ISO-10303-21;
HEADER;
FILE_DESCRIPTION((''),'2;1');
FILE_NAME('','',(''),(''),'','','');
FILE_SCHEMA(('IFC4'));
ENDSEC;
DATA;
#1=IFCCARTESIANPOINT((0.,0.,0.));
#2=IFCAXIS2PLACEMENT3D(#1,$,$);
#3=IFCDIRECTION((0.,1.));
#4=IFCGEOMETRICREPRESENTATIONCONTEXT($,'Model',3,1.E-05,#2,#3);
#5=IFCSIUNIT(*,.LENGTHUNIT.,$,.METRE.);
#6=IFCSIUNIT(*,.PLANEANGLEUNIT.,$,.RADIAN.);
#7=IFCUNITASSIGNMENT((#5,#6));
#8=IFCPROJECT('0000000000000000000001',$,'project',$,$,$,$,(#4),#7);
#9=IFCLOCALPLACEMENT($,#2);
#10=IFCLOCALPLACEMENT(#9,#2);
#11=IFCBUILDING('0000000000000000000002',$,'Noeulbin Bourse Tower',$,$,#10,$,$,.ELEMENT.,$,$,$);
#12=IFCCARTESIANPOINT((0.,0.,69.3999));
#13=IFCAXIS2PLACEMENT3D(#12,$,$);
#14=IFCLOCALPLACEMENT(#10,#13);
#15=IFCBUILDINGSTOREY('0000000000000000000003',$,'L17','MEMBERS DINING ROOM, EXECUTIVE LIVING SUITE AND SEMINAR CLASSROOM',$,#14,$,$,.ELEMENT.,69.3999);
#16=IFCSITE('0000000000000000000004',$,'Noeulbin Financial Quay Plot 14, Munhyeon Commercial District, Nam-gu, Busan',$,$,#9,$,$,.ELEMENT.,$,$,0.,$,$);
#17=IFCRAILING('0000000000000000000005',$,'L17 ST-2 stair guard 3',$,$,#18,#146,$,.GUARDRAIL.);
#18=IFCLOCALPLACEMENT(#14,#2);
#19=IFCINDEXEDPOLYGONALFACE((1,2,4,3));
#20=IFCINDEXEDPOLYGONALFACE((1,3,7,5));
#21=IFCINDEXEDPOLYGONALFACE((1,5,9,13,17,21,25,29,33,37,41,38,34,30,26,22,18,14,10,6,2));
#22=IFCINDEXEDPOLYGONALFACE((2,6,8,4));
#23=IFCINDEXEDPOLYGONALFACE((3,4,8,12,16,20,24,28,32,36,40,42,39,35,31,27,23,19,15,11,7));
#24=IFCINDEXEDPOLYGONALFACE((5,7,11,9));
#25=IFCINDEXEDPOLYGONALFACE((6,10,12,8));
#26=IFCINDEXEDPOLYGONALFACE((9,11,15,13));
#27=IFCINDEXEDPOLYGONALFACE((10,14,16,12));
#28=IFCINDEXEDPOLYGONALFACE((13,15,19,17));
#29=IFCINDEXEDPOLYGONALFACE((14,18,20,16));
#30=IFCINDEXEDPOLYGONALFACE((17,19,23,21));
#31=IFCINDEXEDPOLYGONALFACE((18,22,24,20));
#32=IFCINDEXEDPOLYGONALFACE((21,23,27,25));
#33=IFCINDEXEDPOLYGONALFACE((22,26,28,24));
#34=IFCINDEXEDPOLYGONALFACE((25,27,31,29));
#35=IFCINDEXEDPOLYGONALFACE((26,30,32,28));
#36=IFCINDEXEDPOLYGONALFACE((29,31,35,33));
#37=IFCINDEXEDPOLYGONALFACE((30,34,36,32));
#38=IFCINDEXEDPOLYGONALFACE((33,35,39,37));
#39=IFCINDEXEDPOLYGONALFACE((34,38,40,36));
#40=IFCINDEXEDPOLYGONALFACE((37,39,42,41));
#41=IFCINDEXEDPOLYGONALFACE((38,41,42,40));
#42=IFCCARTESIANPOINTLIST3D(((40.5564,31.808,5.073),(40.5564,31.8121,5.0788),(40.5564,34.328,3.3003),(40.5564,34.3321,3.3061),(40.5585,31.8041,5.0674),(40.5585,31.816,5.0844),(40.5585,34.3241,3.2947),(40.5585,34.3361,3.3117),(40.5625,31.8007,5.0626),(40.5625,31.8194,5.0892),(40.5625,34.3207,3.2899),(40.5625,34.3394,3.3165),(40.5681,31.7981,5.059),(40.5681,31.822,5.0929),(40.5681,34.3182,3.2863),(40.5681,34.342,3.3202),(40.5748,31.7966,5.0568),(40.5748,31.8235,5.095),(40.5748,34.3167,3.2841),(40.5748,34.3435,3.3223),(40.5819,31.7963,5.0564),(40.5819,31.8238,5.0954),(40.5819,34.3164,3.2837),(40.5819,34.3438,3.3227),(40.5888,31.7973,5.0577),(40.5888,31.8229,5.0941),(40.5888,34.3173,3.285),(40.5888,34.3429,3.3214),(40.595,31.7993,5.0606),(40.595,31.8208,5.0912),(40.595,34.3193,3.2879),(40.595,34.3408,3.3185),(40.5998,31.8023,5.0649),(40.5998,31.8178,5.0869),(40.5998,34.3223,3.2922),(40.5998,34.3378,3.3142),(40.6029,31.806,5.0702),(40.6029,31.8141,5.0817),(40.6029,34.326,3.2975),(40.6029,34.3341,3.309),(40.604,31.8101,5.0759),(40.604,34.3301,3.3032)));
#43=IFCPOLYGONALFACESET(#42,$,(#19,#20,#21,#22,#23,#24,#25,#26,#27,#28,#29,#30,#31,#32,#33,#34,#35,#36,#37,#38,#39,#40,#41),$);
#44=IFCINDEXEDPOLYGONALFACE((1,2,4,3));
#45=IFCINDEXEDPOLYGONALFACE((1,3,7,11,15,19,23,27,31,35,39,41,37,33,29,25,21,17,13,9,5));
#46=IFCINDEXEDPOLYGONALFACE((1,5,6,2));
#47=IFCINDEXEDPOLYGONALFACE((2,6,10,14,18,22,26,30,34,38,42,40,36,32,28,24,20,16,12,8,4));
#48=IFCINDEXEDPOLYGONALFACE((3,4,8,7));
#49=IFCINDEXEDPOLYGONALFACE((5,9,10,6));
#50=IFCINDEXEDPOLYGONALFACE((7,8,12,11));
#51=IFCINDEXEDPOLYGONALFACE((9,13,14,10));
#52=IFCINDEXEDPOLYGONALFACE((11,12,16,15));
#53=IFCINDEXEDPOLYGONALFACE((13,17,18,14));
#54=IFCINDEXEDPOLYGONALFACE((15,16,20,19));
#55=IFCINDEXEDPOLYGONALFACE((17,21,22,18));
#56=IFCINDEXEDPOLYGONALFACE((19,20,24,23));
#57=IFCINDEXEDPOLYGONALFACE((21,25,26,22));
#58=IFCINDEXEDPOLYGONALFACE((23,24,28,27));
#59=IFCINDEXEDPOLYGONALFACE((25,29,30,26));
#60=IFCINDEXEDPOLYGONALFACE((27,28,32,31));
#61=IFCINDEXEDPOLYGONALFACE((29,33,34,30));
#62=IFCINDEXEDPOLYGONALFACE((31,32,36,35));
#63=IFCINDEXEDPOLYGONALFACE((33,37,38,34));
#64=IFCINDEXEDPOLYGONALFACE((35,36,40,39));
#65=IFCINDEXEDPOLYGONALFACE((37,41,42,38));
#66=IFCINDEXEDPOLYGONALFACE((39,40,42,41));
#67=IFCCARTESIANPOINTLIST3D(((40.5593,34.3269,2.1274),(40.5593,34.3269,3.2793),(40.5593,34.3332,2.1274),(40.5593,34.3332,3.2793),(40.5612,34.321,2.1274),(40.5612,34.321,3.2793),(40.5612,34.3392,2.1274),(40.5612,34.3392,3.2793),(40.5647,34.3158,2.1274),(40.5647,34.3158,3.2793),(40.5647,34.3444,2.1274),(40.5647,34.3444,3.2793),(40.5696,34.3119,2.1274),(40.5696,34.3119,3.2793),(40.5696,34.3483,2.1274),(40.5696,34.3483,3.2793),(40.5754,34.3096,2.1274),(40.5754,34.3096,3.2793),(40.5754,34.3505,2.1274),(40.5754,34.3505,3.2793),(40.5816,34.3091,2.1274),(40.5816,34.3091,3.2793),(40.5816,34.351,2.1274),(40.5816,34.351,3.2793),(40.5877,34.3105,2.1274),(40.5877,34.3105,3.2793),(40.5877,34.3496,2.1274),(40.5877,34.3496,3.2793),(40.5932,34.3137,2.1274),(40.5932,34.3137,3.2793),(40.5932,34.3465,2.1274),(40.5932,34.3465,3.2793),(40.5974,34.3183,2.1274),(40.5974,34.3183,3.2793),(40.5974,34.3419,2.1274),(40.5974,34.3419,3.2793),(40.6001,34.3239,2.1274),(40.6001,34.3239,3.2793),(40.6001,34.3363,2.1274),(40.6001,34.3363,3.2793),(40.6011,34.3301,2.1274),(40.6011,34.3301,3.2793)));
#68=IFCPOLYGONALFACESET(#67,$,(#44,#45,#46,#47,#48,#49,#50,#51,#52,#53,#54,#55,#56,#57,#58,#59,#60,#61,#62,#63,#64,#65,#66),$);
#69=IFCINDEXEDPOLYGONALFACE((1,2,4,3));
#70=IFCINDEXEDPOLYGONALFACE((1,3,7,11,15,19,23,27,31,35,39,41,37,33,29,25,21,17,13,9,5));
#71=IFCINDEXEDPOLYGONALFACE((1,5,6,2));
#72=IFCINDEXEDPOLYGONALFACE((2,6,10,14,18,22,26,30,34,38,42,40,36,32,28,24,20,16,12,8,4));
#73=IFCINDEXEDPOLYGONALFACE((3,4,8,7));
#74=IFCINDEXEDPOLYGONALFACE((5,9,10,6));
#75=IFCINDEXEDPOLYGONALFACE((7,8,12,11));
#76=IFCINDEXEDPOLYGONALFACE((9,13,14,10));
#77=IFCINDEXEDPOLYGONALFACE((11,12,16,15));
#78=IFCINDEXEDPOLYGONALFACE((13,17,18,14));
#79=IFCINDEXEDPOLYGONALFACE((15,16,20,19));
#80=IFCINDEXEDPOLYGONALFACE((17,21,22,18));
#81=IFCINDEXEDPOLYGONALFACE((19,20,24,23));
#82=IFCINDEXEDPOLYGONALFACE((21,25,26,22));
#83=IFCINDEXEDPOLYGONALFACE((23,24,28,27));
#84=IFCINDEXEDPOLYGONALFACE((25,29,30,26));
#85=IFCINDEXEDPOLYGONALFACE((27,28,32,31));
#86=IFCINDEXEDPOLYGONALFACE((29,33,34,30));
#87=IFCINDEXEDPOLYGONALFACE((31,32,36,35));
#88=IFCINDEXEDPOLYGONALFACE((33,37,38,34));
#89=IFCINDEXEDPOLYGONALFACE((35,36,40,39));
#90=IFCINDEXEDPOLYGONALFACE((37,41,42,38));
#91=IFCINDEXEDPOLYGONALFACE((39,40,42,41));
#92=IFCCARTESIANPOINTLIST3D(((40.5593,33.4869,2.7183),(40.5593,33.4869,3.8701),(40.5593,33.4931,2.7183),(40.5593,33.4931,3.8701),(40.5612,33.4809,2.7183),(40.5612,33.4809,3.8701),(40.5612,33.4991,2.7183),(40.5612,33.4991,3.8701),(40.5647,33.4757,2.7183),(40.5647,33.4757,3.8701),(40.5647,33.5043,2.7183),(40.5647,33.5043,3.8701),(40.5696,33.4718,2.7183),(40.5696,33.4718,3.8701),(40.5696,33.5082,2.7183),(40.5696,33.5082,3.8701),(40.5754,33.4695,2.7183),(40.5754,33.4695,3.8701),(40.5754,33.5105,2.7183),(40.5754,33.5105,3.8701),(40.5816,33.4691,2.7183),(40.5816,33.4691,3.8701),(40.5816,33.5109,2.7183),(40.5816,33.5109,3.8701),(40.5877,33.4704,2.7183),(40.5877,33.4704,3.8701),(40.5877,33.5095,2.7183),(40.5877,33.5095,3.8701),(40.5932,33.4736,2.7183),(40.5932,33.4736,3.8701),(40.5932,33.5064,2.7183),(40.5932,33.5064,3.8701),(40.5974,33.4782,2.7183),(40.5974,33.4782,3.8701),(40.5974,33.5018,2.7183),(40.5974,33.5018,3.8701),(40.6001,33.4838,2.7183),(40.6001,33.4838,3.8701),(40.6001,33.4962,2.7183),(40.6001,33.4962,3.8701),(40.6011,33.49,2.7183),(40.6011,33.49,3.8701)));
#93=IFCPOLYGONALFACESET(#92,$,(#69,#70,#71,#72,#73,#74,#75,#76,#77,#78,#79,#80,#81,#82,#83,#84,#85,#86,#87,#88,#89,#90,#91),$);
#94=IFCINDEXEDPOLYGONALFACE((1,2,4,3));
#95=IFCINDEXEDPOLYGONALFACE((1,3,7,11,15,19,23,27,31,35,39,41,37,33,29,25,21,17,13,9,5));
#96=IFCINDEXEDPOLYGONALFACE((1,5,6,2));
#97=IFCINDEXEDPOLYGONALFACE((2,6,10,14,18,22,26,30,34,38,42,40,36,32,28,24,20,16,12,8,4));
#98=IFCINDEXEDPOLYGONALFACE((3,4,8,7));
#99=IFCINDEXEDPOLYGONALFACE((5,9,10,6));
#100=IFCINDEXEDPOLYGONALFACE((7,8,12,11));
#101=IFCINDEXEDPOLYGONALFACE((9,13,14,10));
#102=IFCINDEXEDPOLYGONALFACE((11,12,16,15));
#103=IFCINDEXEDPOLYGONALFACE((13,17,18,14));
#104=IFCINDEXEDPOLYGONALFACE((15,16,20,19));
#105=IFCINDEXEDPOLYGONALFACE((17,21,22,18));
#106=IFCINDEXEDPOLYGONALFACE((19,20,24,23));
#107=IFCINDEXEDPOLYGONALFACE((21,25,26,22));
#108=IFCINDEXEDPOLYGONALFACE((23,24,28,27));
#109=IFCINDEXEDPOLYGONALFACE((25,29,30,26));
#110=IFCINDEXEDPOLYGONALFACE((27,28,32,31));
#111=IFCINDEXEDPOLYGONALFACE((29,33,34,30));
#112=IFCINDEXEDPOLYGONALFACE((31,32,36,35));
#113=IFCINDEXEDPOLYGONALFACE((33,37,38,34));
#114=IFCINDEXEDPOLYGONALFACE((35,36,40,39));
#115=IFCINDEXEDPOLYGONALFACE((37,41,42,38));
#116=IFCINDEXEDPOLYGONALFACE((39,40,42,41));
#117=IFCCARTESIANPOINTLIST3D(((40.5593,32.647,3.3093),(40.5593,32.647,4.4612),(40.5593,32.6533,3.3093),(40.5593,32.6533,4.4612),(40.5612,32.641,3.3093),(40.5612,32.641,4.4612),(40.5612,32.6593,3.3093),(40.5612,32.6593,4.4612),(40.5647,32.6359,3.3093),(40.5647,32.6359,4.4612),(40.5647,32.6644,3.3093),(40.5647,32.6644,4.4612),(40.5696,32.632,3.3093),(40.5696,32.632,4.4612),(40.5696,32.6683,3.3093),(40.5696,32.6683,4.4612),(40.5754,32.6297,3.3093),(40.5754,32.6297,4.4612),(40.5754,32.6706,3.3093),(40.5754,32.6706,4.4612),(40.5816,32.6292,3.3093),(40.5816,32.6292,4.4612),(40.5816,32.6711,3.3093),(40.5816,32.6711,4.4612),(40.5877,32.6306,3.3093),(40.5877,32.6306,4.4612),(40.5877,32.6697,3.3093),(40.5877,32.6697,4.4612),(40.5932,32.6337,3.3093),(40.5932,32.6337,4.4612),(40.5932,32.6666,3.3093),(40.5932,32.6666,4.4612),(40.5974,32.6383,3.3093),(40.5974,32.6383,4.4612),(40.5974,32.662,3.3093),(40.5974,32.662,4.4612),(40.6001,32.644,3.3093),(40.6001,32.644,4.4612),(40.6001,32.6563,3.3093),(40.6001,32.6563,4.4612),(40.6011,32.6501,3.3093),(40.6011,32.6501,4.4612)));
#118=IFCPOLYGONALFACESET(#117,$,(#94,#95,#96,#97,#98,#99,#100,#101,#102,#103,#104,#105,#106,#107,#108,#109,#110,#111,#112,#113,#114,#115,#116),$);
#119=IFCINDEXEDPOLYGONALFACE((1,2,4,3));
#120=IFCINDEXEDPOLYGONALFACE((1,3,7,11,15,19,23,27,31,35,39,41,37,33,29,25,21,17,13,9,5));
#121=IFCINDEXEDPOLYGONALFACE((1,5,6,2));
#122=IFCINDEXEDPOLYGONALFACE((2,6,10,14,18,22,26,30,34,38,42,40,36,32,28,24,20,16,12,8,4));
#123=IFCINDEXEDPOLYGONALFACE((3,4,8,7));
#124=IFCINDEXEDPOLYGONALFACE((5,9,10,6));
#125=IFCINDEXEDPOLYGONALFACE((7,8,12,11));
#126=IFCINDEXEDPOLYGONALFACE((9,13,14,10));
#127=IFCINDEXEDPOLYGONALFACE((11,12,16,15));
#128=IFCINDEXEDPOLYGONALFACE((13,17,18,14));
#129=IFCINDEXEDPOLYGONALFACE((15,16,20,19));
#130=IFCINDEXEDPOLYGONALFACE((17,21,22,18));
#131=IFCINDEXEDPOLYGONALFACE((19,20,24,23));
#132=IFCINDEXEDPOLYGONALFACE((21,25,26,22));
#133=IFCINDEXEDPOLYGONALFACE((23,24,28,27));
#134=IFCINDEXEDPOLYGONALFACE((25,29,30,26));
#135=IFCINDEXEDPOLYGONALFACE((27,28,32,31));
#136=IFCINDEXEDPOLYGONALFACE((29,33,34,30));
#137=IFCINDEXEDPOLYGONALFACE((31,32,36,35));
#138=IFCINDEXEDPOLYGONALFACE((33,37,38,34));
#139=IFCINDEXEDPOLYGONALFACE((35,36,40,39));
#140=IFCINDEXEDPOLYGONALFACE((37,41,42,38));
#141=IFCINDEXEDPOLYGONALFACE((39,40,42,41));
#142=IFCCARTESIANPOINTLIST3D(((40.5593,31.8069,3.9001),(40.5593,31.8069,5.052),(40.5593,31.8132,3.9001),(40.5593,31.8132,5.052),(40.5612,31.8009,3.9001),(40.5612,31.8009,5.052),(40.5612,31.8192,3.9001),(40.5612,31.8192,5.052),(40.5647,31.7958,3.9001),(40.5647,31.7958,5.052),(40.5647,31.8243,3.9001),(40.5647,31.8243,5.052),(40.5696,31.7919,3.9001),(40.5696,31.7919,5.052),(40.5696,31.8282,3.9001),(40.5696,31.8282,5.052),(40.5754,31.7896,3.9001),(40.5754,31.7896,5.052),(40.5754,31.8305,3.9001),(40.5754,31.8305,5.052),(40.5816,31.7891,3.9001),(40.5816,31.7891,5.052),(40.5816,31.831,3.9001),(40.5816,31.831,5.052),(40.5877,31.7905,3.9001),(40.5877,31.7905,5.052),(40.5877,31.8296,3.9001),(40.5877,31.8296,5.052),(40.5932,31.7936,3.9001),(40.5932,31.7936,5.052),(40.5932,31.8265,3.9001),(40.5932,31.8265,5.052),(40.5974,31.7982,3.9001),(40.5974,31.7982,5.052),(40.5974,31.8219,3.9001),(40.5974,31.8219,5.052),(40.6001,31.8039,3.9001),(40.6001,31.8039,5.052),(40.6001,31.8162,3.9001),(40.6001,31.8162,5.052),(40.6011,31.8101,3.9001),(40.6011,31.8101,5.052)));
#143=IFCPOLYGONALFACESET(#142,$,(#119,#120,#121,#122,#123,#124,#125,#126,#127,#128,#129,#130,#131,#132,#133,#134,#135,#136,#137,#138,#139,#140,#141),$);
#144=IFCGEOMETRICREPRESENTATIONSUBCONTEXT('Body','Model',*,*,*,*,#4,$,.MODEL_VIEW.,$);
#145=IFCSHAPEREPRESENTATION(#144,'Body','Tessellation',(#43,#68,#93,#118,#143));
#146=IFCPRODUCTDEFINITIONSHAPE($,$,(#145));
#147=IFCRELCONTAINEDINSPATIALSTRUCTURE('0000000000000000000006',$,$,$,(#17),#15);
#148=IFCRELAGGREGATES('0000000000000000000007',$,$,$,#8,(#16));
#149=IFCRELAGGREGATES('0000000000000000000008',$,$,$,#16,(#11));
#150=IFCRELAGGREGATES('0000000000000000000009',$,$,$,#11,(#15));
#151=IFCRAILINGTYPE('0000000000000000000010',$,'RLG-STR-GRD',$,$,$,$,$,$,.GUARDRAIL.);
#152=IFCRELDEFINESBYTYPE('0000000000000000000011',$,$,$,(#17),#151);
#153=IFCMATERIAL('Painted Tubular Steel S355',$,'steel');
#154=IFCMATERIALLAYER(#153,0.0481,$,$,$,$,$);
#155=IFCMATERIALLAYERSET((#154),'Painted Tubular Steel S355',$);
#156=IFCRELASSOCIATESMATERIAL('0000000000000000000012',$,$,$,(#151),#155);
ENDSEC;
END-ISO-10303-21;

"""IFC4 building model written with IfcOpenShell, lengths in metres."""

from ifc_helpers import new_model, si_unit, direction, frame, origin, origin_2d, place, context, subcontext, project, spatial, circle, extrude, material, layer, layer_set, type_object, element, save


model = new_model("IFC4")

# Units and contexts
model_context = context("Model", 3, precision=1e-05, world=origin(), true_north=direction((0.0, 1.0)))
body_context = subcontext(model_context, "Body", "Model", "MODEL_VIEW")
ifc_project = project(units=[si_unit("LENGTHUNIT", "METRE"), si_unit("PLANEANGLEUNIT", "RADIAN")], contexts=[model_context])

# Site, building, storey
site_placement = place(None, origin())
site = spatial("IfcSite", under=ifc_project, at=site_placement, Name="Noeulbin Financial Quay Plot 14, Munhyeon Commercial District, Nam-gu, Busan", CompositionType="ELEMENT", RefElevation=0.0)
building_placement = place(site_placement, origin())
building = spatial("IfcBuilding", under=site, at=building_placement, Name="Noeulbin Bourse Tower", CompositionType="ELEMENT")
storey_placement = place(building_placement, frame((0.0, 0.0, 69.3999)))
storey = spatial("IfcBuildingStorey", under=building, at=storey_placement, Name="L17", Description="MEMBERS DINING ROOM, EXECUTIVE LIVING SUITE AND SEMINAR CLASSROOM", CompositionType="ELEMENT", Elevation=69.3999)

# Railing
ifc_material_1 = material(Name="Painted Tubular Steel S355", Category="steel")
ifc_layer_1 = layer(ifc_material_1, 0.0481)
ifc_layer_set_1 = layer_set([ifc_layer_1], Name="Painted Tubular Steel S355")
railing_type_1 = type_object("IfcRailingType", Name="RLG-STR-GRD", PredefinedType="GUARDRAIL", material=ifc_layer_set_1)
railing_1_placement = place(storey_placement, frame((40.5801, 34.3301, 2.1274)))
element("IfcRailing", 1, at=railing_1_placement, inside=storey, type_object=railing_type_1, Name="L17 ST-2 stair guard 3", PredefinedType="GUARDRAIL", context=body_context, shape_type="SweptSolid", body=[
    extrude(circle(Radius=0.0239, at=origin_2d()), frame((0.0, 0.0, 1.1758), z_axis=(0.0, -0.817904, 0.575354), x_axis=(1.0, 0.0, 0.0)), (0.0, 0.0, 1.0), 3.0811),
    extrude(circle(Radius=0.021, at=origin_2d()), origin(), (0.0, 0.0, 1.0), 1.1519),
    extrude(circle(Radius=0.021, at=origin_2d()), frame((0.0, -0.8401, 0.5908)), (0.0, 0.0, 1.0), 1.1519),
    extrude(circle(Radius=0.021, at=origin_2d()), frame((0.0, -1.6799, 1.1819)), (0.0, 0.0, 1.0), 1.1519),
    extrude(circle(Radius=0.021, at=origin_2d()), frame((0.0, -2.52, 1.7727)), (0.0, 0.0, 1.0), 1.1519),
])

save(model, "model.ifc")
